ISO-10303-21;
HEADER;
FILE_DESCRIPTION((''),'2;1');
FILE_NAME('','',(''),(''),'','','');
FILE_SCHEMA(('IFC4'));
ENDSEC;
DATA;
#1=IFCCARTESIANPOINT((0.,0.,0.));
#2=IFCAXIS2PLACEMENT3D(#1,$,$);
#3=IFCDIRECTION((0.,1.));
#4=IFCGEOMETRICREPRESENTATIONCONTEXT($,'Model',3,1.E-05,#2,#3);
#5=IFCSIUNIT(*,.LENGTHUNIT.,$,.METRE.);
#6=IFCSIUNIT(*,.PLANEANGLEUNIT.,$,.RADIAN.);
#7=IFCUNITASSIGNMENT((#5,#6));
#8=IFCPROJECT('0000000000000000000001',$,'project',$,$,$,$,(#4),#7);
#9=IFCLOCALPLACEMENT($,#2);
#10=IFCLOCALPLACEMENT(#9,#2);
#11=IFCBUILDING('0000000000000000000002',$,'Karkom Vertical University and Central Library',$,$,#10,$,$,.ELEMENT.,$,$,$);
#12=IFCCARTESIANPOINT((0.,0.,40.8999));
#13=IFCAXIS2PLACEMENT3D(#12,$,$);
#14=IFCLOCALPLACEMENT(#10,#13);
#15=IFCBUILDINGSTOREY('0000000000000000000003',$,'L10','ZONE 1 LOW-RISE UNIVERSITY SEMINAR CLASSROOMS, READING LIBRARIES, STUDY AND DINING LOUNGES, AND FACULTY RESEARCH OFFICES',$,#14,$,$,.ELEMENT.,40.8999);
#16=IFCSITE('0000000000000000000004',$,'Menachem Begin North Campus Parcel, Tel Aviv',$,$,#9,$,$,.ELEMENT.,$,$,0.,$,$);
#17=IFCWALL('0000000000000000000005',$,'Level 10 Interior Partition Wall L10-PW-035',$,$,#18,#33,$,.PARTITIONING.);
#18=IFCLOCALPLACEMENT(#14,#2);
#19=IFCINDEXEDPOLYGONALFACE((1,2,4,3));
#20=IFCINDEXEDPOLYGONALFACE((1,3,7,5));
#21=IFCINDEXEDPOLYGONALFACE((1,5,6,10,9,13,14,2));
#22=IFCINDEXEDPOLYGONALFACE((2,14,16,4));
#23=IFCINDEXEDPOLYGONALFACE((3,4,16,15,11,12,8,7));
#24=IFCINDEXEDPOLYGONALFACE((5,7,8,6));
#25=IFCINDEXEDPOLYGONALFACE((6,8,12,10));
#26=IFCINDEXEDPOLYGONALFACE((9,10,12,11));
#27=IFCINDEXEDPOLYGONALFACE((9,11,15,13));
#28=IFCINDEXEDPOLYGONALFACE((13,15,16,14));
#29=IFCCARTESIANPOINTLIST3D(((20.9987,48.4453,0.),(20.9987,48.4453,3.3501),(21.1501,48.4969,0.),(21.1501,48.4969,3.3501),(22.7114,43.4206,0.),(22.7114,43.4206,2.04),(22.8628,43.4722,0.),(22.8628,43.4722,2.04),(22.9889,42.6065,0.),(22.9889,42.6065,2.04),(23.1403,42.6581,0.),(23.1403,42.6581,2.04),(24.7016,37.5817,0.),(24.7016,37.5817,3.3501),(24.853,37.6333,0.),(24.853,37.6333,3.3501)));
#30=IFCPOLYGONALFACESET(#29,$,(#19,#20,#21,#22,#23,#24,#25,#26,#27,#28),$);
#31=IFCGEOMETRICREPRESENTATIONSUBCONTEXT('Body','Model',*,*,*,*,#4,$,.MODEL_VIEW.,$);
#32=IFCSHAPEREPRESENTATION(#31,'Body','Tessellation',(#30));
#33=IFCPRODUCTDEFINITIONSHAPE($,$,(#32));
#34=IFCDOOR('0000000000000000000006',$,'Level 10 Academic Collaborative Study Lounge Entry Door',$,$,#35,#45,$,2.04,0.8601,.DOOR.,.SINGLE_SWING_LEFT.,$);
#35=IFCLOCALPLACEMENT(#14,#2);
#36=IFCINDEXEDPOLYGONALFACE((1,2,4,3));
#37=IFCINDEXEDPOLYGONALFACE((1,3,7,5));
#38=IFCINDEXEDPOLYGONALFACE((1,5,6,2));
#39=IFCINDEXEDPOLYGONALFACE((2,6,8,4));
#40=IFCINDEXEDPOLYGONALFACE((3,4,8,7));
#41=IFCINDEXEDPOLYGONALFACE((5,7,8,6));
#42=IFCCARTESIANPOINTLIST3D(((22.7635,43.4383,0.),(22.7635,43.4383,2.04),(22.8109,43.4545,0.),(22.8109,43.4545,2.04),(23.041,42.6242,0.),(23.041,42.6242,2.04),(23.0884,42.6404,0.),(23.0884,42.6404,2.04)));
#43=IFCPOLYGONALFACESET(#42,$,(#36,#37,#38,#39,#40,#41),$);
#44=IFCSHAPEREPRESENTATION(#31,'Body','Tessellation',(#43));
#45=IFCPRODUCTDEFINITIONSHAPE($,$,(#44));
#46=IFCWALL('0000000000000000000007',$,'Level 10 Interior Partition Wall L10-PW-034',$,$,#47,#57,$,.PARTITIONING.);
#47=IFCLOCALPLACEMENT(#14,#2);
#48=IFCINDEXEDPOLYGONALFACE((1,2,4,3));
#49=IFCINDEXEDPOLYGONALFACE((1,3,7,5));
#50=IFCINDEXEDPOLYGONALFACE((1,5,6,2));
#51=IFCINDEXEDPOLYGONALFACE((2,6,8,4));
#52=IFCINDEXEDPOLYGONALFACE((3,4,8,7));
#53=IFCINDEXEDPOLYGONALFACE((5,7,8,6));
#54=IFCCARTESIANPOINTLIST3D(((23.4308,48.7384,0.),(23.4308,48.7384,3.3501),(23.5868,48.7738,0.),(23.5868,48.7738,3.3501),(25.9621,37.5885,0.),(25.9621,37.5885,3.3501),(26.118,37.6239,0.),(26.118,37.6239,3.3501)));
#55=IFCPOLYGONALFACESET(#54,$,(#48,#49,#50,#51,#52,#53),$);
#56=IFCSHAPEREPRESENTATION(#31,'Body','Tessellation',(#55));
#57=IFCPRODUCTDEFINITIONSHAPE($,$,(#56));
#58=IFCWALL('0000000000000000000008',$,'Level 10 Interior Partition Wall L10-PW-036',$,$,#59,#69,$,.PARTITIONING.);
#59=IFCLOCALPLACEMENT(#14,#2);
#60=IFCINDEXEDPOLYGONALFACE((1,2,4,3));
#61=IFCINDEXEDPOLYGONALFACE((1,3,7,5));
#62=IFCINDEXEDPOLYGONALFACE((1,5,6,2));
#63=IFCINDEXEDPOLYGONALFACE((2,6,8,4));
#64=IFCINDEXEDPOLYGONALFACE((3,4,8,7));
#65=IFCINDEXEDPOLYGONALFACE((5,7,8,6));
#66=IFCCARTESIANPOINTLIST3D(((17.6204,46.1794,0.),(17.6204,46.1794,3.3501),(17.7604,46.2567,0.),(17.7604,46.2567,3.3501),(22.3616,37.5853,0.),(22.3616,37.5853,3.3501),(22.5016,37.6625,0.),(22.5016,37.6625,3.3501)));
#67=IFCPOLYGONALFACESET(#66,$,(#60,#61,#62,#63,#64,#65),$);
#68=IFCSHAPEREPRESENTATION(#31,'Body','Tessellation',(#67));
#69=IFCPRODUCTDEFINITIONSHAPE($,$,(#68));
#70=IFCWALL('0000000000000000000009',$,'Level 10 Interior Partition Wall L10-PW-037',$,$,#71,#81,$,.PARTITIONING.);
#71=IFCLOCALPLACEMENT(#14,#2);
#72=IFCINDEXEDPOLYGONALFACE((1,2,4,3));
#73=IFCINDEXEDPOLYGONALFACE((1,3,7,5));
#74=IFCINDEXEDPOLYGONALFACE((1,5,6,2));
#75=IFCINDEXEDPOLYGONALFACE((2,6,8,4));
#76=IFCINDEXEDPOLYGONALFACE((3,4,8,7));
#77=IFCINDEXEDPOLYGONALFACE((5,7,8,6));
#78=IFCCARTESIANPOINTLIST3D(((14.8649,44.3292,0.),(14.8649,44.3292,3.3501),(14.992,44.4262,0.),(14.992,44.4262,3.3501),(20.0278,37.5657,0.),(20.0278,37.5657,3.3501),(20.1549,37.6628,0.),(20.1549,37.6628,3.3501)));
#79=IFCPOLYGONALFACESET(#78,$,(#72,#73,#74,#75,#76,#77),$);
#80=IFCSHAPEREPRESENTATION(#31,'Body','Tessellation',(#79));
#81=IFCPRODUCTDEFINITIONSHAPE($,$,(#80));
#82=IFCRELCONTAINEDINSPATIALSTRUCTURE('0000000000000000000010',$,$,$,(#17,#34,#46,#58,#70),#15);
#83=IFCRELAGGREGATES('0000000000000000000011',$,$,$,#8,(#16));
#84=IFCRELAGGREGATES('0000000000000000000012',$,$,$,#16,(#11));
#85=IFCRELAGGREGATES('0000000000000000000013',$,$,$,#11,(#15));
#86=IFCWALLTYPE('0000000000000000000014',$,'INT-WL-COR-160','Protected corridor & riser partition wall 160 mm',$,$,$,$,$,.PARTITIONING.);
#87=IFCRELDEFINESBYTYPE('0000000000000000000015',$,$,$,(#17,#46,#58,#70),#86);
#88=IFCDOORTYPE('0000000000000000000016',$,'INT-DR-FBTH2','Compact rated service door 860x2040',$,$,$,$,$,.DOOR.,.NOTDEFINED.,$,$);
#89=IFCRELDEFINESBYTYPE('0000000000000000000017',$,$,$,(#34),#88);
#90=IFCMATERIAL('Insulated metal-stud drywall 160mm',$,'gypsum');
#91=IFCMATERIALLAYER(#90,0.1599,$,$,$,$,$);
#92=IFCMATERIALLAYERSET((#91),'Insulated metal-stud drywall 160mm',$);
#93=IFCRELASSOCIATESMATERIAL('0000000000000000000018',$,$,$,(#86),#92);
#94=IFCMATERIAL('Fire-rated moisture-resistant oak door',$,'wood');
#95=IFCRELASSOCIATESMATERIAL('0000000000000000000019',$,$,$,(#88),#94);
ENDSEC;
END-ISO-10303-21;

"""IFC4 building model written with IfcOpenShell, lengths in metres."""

from ifc_helpers import new_model, si_unit, direction, frame, frame_2d, origin, origin_with_axes, place, context, subcontext, project, spatial, rectangle, extrude, source, transform, mapped, material, layer, layer_set, type_object, element, fill, save


model = new_model("IFC4")

# Units and contexts
model_context = context("Model", 3, precision=1e-05, world=origin(), true_north=direction((0.0, 1.0)))
body_context = subcontext(model_context, "Body", "Model", "MODEL_VIEW")
ifc_project = project(units=[si_unit("LENGTHUNIT", "METRE"), si_unit("PLANEANGLEUNIT", "RADIAN")], contexts=[model_context])

# Site, building, storey
site_placement = place(None, origin())
site = spatial("IfcSite", under=ifc_project, at=site_placement, Name="Menachem Begin North Campus Parcel, Tel Aviv", CompositionType="ELEMENT", RefElevation=0.0)
building_placement = place(site_placement, origin())
building = spatial("IfcBuilding", under=site, at=building_placement, Name="Karkom Vertical University and Central Library", CompositionType="ELEMENT")
storey_placement = place(building_placement, frame((0.0, 0.0, 40.8999)))
storey = spatial("IfcBuildingStorey", under=building, at=storey_placement, Name="L10", Description="ZONE 1 LOW-RISE UNIVERSITY SEMINAR CLASSROOMS, READING LIBRARIES, STUDY AND DINING LOUNGES, AND FACULTY RESEARCH OFFICES", CompositionType="ELEMENT", Elevation=40.8999)

# Wall, opening, door
ifc_material_1 = material(Name="Insulated metal-stud drywall 160mm", Category="gypsum")
ifc_layer_1 = layer(ifc_material_1, 0.1599)
ifc_layer_set_1 = layer_set([ifc_layer_1], Name="Insulated metal-stud drywall 160mm")
wall_type_1 = type_object("IfcWallType", Name="INT-WL-COR-160", Description="Protected corridor & riser partition wall 160 mm", PredefinedType="PARTITIONING", material=ifc_layer_set_1)
wall_1_placement = place(storey_placement, frame((24.7773, 37.6074, 0.0), z_axis=(0.0, 0.0, 1.0), x_axis=(-0.322628, 0.946526, 0.0)))
wall_1 = element("IfcWall", 1, at=wall_1_placement, inside=storey, type_object=wall_type_1, Name="Level 10 Interior Partition Wall L10-PW-035", PredefinedType="PARTITIONING", context=body_context, shape_type="SweptSolid", body=[
    extrude(rectangle(XDim=11.4773, YDim=0.1599, at=frame_2d((5.7388, 0.0))), origin(), (0.0, 0.0, 1.0), 3.3501),
])
opening_1_placement = place(wall_1_placement, frame((5.3086, 0.0, 0.0)))
opening_1 = element("IfcOpeningElement", 2, at=opening_1_placement, cuts=wall_1, PredefinedType="OPENING", context=body_context, shape_type="SweptSolid", body=[
    extrude(rectangle(XDim=0.8601, YDim=2.04, at=frame_2d((0.4302, 1.02))), frame((0.0, 0.0898, 0.0), z_axis=(0.0, -1.0, 0.0), x_axis=(1.0, 0.0, 0.0)), (0.0, 0.0, 1.0), 0.1799),
])
ifc_material_2 = material(Name="Fire-rated moisture-resistant oak door", Category="wood")
door_type = type_object("IfcDoorType", Name="INT-DR-FBTH2", Description="Compact rated service door 860x2040", OperationType="NOTDEFINED", PredefinedType="DOOR", material=ifc_material_2)
shared_shape_1 = source(origin_with_axes(), body_context, "Body", "SweptSolid", [
    extrude(rectangle(XDim=0.8601, YDim=2.04, at=frame_2d((0.4302, 1.02))), frame((0.0, 0.0249, 0.0), z_axis=(0.0, -1.0, 0.0), x_axis=(1.0, 0.0, 0.0)), (0.0, 0.0, 1.0), 0.05),
])
door_placement = place(opening_1_placement, origin())
door = element("IfcDoor", 3, at=door_placement, inside=storey, type_object=door_type, Name="Level 10 Academic Collaborative Study Lounge Entry Door", OperationType="SINGLE_SWING_LEFT", OverallHeight=2.04, OverallWidth=0.8601, PredefinedType="DOOR", context=body_context, shape_type="MappedRepresentation", body=[
    mapped(shared_shape_1, transform((0.0, 0.0, 0.0), scale=1.0)),
])
fill(opening_1, door)

# Walls
wall_2_placement = place(storey_placement, frame((26.04, 37.6062, 0.0), z_axis=(0.0, 0.0, 1.0), x_axis=(-0.221387, 0.975186, 0.0)))
element("IfcWall", 4, at=wall_2_placement, inside=storey, type_object=wall_type_1, Name="Level 10 Interior Partition Wall L10-PW-034", PredefinedType="PARTITIONING", context=body_context, shape_type="SweptSolid", body=[
    extrude(rectangle(XDim=11.4336, YDim=0.1599, at=frame_2d((5.7168, 0.0))), origin(), (0.0, 0.0, 1.0), 3.3501),
])
wall_3_placement = place(storey_placement, frame((22.4316, 37.6238, 0.0), z_axis=(0.0, 0.0, 1.0), x_axis=(-0.483043, 0.875597, 0.0)))
element("IfcWall", 5, at=wall_3_placement, inside=storey, type_object=wall_type_1, Name="Level 10 Interior Partition Wall L10-PW-036", PredefinedType="PARTITIONING", context=body_context, shape_type="SweptSolid", body=[
    extrude(rectangle(XDim=9.8152, YDim=0.1599, at=frame_2d((4.9077, 0.0))), origin(), (0.0, 0.0, 1.0), 3.3501),
])
wall_4_placement = place(storey_placement, frame((20.0913, 37.6143, 0.0), z_axis=(0.0, 0.0, 1.0), x_axis=(-0.606768, 0.794879, 0.0)))
element("IfcWall", 6, at=wall_4_placement, inside=storey, type_object=wall_type_1, Name="Level 10 Interior Partition Wall L10-PW-037", PredefinedType="PARTITIONING", context=body_context, shape_type="SweptSolid", body=[
    extrude(rectangle(XDim=8.5088, YDim=0.1599, at=frame_2d((4.2544, 0.0))), origin(), (0.0, 0.0, 1.0), 3.3501),
])

save(model, "model.ifc")
